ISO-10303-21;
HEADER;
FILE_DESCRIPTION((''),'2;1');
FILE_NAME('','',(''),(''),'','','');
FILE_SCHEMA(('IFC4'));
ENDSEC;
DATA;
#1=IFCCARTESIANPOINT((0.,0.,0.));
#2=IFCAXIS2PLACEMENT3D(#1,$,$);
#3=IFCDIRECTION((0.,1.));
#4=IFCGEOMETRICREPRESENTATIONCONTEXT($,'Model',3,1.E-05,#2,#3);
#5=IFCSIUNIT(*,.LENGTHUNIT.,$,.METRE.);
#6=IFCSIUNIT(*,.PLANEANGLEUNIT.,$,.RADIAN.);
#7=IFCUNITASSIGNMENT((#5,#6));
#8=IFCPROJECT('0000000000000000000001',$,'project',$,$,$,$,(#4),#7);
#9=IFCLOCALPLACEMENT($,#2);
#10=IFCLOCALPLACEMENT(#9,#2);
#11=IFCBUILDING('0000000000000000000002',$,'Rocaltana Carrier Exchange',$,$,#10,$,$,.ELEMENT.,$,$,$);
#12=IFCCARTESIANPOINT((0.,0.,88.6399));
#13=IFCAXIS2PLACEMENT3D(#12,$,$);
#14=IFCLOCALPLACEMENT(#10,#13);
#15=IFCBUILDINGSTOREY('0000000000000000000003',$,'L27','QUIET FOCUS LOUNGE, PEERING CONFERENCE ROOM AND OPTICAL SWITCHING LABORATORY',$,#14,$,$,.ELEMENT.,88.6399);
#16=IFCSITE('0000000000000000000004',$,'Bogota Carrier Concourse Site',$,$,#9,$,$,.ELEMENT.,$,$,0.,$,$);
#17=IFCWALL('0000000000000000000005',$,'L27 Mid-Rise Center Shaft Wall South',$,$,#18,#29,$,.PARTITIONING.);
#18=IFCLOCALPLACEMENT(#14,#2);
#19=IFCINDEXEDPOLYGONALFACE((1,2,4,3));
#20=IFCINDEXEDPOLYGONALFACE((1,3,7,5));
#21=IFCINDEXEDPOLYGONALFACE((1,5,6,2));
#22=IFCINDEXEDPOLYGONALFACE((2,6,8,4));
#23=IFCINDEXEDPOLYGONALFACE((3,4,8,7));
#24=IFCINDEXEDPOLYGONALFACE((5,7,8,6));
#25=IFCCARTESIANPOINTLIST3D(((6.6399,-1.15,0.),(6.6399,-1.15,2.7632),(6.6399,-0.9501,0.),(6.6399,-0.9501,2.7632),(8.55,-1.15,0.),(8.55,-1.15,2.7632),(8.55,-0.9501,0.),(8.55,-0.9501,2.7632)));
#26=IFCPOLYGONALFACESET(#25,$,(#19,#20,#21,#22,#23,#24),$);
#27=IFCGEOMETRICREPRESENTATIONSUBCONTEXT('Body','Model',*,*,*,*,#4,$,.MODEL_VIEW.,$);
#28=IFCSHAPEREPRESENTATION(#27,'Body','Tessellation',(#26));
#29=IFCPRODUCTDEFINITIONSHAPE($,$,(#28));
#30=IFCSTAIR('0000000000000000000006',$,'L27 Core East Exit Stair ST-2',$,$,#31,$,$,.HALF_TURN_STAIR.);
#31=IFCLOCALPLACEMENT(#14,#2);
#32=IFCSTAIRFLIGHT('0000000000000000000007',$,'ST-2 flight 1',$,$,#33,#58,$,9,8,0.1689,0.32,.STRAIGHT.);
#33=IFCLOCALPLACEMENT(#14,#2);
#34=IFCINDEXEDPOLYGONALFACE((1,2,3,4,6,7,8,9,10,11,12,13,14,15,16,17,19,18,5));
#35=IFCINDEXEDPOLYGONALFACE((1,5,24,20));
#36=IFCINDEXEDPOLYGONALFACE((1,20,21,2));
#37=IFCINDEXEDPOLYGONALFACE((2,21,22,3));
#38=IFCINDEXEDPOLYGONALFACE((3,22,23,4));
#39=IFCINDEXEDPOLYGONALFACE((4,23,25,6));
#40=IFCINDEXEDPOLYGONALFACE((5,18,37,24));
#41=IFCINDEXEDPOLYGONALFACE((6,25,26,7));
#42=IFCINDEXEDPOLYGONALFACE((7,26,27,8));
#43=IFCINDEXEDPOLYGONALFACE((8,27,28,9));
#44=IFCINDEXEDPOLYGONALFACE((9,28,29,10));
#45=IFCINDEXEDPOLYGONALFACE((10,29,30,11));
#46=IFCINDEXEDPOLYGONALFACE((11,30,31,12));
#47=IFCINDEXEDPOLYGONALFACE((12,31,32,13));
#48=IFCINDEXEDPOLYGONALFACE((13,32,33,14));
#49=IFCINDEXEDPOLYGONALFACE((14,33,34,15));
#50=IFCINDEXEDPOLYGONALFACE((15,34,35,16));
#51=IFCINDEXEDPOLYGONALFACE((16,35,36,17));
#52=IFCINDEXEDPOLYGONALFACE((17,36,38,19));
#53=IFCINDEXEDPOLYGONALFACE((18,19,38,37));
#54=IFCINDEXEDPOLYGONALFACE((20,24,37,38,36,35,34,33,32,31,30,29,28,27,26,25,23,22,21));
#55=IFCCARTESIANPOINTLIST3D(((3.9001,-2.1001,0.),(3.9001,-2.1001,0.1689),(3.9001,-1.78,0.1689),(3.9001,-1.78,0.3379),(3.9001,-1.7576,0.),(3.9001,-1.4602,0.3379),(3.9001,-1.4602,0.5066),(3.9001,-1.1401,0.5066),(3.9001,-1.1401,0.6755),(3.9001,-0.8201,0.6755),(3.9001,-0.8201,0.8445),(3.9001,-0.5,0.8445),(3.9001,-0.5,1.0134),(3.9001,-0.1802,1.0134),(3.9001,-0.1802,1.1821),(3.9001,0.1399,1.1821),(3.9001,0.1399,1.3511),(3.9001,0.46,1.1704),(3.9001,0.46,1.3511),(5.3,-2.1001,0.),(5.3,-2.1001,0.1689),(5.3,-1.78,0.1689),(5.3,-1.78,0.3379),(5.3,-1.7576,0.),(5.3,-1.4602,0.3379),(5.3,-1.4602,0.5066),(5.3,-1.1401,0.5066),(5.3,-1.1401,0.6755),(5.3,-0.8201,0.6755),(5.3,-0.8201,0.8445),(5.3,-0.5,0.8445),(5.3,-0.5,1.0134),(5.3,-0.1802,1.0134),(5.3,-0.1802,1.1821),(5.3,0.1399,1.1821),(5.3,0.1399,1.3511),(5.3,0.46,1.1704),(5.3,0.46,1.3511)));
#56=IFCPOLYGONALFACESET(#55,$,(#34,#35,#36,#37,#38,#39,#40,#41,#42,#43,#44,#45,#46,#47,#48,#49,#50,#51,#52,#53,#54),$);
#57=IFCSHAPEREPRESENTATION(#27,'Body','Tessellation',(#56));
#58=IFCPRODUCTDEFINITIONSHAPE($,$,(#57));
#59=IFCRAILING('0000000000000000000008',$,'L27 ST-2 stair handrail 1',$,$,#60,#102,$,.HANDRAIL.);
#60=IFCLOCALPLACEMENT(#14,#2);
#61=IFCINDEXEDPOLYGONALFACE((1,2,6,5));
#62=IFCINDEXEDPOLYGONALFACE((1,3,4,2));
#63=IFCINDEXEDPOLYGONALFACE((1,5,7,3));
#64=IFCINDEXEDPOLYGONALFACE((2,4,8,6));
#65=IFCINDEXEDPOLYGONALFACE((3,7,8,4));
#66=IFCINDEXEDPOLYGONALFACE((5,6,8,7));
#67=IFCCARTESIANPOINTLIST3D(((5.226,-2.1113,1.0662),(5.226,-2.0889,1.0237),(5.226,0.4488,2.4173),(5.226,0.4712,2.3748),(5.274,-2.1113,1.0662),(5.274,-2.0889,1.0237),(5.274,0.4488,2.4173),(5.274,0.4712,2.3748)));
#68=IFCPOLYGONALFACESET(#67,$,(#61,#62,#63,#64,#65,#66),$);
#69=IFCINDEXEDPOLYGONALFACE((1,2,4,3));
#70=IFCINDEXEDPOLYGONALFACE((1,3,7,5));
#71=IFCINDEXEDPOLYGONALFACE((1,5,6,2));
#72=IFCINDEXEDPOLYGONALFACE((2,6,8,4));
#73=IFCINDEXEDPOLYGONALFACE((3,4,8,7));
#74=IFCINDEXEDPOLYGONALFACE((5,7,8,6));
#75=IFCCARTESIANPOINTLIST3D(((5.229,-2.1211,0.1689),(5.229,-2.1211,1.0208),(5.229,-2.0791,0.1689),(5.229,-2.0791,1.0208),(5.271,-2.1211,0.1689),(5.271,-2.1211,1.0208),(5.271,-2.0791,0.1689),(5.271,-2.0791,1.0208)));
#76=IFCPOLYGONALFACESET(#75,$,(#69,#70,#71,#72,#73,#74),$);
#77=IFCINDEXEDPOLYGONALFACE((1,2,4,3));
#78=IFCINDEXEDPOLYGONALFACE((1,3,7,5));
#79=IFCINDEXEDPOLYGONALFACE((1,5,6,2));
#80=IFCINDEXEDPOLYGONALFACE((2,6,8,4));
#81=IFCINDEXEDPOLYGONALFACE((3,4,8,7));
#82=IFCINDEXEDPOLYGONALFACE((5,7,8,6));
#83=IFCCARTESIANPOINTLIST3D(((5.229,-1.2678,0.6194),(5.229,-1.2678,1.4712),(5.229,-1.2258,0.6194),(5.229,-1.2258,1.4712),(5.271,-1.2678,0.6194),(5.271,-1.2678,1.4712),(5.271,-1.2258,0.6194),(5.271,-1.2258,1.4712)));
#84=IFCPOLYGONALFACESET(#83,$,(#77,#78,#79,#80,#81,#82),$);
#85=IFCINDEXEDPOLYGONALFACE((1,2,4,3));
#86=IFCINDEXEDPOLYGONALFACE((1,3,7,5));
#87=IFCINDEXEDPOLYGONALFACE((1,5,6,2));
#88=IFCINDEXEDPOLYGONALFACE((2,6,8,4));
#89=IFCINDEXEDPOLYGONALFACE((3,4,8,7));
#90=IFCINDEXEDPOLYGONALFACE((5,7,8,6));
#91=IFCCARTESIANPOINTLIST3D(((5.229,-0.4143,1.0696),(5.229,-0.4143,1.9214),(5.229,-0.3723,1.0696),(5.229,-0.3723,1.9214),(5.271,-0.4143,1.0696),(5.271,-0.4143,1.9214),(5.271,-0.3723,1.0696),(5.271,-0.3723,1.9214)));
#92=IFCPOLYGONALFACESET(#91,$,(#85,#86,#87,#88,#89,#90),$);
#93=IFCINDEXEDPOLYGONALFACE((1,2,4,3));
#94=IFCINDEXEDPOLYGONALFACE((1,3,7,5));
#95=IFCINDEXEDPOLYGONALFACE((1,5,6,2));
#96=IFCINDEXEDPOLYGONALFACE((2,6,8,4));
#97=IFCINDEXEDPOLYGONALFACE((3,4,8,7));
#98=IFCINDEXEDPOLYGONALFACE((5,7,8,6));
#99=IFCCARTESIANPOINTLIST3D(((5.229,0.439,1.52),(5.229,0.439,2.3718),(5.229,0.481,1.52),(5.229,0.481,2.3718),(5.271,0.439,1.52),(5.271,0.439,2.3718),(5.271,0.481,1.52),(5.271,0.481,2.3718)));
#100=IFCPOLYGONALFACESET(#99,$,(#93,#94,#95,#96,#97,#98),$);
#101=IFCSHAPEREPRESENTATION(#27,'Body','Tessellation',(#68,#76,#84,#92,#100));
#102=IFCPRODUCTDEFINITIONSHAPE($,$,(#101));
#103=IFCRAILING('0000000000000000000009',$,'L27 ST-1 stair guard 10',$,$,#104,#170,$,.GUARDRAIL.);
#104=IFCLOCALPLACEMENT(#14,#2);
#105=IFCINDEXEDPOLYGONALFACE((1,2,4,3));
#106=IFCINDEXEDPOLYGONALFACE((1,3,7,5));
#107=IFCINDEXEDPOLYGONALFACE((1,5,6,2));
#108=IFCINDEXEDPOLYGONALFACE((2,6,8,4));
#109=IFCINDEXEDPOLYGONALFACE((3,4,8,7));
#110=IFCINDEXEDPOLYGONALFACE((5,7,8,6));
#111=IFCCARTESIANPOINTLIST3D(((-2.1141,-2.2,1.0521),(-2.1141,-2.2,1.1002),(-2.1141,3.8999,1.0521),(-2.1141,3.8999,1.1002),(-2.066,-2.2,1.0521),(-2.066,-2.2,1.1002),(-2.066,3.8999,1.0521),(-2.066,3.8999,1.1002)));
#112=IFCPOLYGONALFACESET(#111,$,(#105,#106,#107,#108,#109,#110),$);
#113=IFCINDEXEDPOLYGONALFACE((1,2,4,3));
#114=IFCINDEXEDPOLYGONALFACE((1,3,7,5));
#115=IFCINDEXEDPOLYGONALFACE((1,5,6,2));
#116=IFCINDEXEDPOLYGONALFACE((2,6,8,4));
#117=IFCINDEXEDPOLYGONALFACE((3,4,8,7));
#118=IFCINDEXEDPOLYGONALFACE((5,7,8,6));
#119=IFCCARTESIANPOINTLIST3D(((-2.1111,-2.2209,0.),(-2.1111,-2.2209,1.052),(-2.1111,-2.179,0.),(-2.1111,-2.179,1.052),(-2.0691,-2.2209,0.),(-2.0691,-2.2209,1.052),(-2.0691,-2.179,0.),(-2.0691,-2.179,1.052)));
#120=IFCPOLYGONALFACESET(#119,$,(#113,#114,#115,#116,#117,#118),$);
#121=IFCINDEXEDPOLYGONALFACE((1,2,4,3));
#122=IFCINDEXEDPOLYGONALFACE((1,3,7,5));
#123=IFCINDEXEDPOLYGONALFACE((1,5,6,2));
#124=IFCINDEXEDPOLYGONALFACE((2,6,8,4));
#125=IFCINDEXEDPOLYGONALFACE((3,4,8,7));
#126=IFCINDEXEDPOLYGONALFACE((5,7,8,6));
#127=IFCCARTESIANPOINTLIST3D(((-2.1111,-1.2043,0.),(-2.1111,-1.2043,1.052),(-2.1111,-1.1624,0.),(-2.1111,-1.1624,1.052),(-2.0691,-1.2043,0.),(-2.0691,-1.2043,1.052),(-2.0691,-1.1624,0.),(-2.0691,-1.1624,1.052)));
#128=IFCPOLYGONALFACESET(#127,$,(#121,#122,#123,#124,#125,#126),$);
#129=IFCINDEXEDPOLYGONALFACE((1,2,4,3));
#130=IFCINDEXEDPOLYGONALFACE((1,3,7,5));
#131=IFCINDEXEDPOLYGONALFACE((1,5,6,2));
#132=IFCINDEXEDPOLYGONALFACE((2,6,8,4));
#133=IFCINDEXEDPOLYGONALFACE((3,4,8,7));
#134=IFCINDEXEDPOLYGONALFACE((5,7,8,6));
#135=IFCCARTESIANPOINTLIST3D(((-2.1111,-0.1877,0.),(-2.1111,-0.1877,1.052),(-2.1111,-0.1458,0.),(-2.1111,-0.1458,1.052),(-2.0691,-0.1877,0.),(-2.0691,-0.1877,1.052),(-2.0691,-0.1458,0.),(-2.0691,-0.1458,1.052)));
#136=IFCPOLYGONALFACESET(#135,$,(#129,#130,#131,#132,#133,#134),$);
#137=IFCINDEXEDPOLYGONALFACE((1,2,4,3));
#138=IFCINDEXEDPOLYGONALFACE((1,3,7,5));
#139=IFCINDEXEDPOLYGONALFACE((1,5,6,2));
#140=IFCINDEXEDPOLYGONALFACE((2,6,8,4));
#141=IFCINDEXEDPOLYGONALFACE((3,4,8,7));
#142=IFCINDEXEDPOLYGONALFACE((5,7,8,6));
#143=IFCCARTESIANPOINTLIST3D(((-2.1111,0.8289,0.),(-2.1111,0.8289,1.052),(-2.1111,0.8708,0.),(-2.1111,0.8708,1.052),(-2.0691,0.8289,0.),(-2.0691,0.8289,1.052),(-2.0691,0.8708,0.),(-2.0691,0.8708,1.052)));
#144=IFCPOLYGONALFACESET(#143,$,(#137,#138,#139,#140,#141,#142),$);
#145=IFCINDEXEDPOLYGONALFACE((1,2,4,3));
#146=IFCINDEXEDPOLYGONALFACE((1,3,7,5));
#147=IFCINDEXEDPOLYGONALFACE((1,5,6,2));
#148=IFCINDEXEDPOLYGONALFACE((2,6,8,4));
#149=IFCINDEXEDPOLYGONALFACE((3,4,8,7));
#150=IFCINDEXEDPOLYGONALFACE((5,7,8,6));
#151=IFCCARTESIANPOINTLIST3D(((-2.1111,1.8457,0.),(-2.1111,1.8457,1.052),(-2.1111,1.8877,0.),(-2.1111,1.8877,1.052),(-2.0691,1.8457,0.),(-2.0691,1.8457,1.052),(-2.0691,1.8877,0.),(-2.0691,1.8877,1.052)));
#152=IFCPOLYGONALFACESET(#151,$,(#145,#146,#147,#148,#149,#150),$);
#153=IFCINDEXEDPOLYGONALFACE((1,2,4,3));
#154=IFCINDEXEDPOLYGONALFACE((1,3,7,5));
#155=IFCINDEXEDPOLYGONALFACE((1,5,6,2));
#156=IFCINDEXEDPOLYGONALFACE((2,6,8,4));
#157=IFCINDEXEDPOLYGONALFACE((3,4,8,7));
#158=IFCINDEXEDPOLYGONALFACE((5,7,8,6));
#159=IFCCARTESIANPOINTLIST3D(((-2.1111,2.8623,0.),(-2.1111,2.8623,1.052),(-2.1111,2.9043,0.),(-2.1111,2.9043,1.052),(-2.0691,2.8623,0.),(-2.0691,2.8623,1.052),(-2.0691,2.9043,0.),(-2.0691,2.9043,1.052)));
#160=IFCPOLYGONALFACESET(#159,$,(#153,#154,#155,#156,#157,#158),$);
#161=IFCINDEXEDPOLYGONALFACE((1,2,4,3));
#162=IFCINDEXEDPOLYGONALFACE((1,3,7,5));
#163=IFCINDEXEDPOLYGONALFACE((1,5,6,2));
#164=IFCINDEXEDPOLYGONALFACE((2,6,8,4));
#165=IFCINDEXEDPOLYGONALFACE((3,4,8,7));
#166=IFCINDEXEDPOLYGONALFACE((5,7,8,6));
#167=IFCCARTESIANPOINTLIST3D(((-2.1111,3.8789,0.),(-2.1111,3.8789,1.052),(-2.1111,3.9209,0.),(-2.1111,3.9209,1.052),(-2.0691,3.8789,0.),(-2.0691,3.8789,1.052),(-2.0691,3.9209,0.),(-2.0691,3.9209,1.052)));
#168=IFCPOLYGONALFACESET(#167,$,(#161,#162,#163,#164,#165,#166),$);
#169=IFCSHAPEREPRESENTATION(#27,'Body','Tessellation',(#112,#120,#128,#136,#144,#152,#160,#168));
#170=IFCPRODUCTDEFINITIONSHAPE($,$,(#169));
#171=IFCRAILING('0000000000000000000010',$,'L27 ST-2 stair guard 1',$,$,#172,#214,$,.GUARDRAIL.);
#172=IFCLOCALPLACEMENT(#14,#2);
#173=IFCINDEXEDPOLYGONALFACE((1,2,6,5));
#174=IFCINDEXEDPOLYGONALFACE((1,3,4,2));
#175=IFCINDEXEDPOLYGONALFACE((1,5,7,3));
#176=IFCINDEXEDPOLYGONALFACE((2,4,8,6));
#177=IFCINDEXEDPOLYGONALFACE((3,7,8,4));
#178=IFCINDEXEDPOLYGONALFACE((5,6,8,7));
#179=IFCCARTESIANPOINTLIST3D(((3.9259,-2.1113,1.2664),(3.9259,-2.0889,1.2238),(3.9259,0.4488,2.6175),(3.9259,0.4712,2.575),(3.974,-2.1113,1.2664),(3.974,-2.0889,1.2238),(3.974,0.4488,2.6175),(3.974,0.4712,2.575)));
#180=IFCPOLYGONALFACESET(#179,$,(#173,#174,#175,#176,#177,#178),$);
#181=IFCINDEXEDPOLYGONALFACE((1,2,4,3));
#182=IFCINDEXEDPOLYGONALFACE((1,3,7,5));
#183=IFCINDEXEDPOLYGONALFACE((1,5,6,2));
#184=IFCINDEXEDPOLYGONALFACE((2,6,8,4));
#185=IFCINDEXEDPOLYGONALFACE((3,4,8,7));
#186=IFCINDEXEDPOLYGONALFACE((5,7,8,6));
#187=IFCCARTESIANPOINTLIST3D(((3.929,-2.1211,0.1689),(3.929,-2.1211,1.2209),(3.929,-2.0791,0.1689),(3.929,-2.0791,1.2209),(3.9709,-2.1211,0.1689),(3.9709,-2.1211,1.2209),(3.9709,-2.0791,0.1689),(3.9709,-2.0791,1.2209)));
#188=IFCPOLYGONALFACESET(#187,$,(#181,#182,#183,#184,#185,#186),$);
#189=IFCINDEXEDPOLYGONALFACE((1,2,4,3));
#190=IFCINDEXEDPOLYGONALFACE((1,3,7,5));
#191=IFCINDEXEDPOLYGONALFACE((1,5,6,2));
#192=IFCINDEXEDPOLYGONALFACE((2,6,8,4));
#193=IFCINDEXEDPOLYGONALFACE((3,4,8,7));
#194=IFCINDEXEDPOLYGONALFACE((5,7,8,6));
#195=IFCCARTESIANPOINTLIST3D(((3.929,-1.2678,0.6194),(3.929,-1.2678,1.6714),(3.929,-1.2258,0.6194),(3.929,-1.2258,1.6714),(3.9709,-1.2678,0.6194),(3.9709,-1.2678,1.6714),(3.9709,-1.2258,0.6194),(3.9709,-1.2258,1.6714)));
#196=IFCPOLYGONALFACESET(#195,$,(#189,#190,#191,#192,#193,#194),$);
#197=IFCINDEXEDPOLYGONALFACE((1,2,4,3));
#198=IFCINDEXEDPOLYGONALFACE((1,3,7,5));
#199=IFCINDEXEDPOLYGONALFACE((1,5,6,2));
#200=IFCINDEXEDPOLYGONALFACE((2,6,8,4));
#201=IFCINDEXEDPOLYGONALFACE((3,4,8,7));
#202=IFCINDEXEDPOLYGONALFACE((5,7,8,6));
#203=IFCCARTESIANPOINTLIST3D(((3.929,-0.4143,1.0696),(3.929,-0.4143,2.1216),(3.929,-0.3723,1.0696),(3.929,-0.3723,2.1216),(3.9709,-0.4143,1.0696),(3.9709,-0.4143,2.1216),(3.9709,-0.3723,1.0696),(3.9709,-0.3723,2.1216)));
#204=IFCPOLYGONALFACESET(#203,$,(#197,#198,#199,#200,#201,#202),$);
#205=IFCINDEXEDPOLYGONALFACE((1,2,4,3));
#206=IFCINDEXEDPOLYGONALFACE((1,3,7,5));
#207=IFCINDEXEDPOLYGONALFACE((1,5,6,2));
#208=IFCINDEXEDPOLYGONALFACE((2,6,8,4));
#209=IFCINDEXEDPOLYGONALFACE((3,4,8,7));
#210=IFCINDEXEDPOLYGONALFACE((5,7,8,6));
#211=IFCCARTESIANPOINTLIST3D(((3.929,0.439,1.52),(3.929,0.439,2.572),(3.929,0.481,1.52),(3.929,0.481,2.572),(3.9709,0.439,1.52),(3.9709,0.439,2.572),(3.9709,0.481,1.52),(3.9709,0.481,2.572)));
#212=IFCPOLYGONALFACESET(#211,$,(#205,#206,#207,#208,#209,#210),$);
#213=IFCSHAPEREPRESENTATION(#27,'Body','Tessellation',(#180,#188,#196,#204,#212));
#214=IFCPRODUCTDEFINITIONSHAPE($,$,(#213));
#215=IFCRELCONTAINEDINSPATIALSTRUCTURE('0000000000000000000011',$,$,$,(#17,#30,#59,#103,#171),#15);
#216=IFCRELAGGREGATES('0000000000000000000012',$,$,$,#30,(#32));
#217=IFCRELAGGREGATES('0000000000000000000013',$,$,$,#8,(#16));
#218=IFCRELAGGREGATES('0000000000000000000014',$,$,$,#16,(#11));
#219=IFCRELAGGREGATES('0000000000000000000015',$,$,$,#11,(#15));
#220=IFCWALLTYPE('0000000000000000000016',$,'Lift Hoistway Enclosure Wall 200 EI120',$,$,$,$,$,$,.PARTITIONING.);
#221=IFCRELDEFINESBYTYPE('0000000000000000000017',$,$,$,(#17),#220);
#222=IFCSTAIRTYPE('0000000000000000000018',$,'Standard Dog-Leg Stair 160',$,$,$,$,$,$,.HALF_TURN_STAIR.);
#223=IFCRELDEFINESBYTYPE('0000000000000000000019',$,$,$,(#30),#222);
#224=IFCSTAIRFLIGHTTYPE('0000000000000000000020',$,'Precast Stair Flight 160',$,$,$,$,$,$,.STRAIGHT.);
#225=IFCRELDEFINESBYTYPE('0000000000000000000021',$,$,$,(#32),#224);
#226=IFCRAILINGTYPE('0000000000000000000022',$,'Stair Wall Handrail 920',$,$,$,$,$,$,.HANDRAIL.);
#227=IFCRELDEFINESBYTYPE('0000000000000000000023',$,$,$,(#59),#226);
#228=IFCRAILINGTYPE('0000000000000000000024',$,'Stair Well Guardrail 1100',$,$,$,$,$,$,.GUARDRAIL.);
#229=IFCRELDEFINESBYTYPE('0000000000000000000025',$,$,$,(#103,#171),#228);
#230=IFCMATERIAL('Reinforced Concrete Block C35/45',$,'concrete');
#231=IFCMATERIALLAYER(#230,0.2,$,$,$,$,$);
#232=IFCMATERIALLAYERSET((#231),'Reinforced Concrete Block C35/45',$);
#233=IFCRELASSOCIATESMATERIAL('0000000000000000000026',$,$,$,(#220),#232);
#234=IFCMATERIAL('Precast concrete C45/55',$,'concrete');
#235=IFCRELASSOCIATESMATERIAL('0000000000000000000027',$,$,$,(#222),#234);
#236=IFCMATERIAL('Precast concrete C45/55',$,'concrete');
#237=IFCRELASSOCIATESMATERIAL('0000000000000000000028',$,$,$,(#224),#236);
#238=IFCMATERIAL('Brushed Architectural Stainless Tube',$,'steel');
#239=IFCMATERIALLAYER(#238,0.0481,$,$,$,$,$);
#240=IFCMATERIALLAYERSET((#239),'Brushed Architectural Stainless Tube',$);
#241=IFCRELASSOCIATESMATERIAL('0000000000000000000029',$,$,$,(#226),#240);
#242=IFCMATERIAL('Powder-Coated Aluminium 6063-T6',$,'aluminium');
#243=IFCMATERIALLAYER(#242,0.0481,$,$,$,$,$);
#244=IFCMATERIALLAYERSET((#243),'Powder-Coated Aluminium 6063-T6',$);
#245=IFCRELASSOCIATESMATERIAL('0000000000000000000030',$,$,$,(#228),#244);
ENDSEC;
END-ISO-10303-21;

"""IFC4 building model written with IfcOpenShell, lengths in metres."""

from ifc_helpers import new_model, si_unit, direction, frame, frame_2d, origin, origin_2d, place, context, subcontext, project, spatial, polyline, rectangle, outline, extrude, material, layer, layer_set, type_object, element, aggregate, save


model = new_model("IFC4")

# Units and contexts
model_context = context("Model", 3, precision=1e-05, world=origin(), true_north=direction((0.0, 1.0)))
body_context = subcontext(model_context, "Body", "Model", "MODEL_VIEW")
ifc_project = project(units=[si_unit("LENGTHUNIT", "METRE"), si_unit("PLANEANGLEUNIT", "RADIAN")], contexts=[model_context])

# Site, building, storey
site_placement = place(None, origin())
site = spatial("IfcSite", under=ifc_project, at=site_placement, Name="Bogota Carrier Concourse Site", CompositionType="ELEMENT", RefElevation=0.0)
building_placement = place(site_placement, origin())
building = spatial("IfcBuilding", under=site, at=building_placement, Name="Rocaltana Carrier Exchange", CompositionType="ELEMENT")
storey_placement = place(building_placement, frame((0.0, 0.0, 88.6399)))
storey = spatial("IfcBuildingStorey", under=building, at=storey_placement, Name="L27", Description="QUIET FOCUS LOUNGE, PEERING CONFERENCE ROOM AND OPTICAL SWITCHING LABORATORY", CompositionType="ELEMENT", Elevation=88.6399)

# Wall
ifc_material_1 = material(Name="Reinforced Concrete Block C35/45", Category="concrete")
ifc_layer_1 = layer(ifc_material_1, 0.2)
ifc_layer_set_1 = layer_set([ifc_layer_1], Name="Reinforced Concrete Block C35/45")
wall_type_1 = type_object("IfcWallType", Name="Lift Hoistway Enclosure Wall 200 EI120", PredefinedType="PARTITIONING", material=ifc_layer_set_1)
wall_1_placement = place(storey_placement, frame((6.6399, -1.05, 0.0), z_axis=(0.0, 0.0, 1.0), x_axis=(1.0, 0.0, 0.0)))
element("IfcWall", 1, at=wall_1_placement, inside=storey, type_object=wall_type_1, Name="L27 Mid-Rise Center Shaft Wall South", PredefinedType="PARTITIONING", context=body_context, shape_type="SweptSolid", body=[
    extrude(rectangle(XDim=1.9102, YDim=0.2, at=frame_2d((0.9551, 0.0))), origin(), (0.0, 0.0, 1.0), 2.7632),
])

# Stair, stair flight
ifc_material_2 = material(Name="Precast concrete C45/55", Category="concrete")
stair_type = type_object("IfcStairType", Name="Standard Dog-Leg Stair 160", PredefinedType="HALF_TURN_STAIR", material=ifc_material_2)
stair_placement = place(storey_placement, origin())
stair = element("IfcStair", 2, at=stair_placement, inside=storey, type_object=stair_type, Name="L27 Core East Exit Stair ST-2", PredefinedType="HALF_TURN_STAIR")
ifc_material_3 = material(Name="Precast concrete C45/55", Category="concrete")
stair_flight_type = type_object("IfcStairFlightType", Name="Precast Stair Flight 160", PredefinedType="STRAIGHT", material=ifc_material_3)
stair_flight_placement = place(storey_placement, frame((4.6001, -2.1001, 0.0), z_axis=(0.0, 0.0, 1.0), x_axis=(0.0, 1.0, 0.0)))
stair_flight = element("IfcStairFlight", 3, at=stair_flight_placement, type_object=stair_flight_type, Name="ST-2 flight 1", NumberOfRisers=9, NumberOfTreads=8, PredefinedType="STRAIGHT", RiserHeight=0.1689, TreadLength=0.32, context=body_context, shape_type="SweptSolid", body=[
    extrude(outline(polyline([(0.0, 0.0), (0.0, 0.1689), (0.3201, 0.1689), (0.3201, 0.3379), (0.6399, 0.3379), (0.6399, 0.5066), (0.96, 0.5066), (0.96, 0.6755), (1.28, 0.6755), (1.28, 0.8445), (1.6001, 0.8445), (1.6001, 1.0134), (1.9199, 1.0134), (1.9199, 1.1821), (2.24, 1.1821), (2.24, 1.3511), (2.5601, 1.3511), (2.5601, 1.52), (2.5601, 1.1704), (0.3425, 0.0), (0.0, 0.0)])), frame((0.0, 0.7, 0.0), z_axis=(0.0, -1.0, 0.0), x_axis=(1.0, 0.0, 0.0)), (0.0, 0.0, 1.0), 1.3999),
])
aggregate(stair, [stair_flight])

# Railings
ifc_material_4 = material(Name="Brushed Architectural Stainless Tube", Category="steel")
ifc_layer_2 = layer(ifc_material_4, 0.0481)
ifc_layer_set_2 = layer_set([ifc_layer_2], Name="Brushed Architectural Stainless Tube")
railing_type_1 = type_object("IfcRailingType", Name="Stair Wall Handrail 920", PredefinedType="HANDRAIL", material=ifc_layer_set_2)
railing_1_placement = place(storey_placement, frame((5.25, -2.1001, 0.1689)))
element("IfcRailing", 4, at=railing_1_placement, inside=storey, type_object=railing_type_1, Name="L27 ST-2 stair handrail 1", PredefinedType="HANDRAIL", context=body_context, shape_type="SweptSolid", body=[
    extrude(rectangle(XDim=0.0481, YDim=0.0481, at=origin_2d()), frame((0.0, 0.0, 0.876), z_axis=(0.0, 0.884394, 0.46674), x_axis=(-1.0, 0.0, 0.0)), (0.0, 0.0, 1.0), 2.8948),
    extrude(rectangle(XDim=0.042, YDim=0.042, at=origin_2d()), origin(), (0.0, 0.0, 1.0), 0.8518),
    extrude(rectangle(XDim=0.042, YDim=0.042, at=origin_2d()), frame((0.0, 0.8533, 0.4504)), (0.0, 0.0, 1.0), 0.8518),
    extrude(rectangle(XDim=0.042, YDim=0.042, at=origin_2d()), frame((0.0, 1.7068, 0.9006)), (0.0, 0.0, 1.0), 0.8518),
    extrude(rectangle(XDim=0.042, YDim=0.042, at=origin_2d()), frame((0.0, 2.5601, 1.3511)), (0.0, 0.0, 1.0), 0.8518),
])
ifc_material_5 = material(Name="Powder-Coated Aluminium 6063-T6", Category="aluminium")
ifc_layer_3 = layer(ifc_material_5, 0.0481)
ifc_layer_set_3 = layer_set([ifc_layer_3], Name="Powder-Coated Aluminium 6063-T6")
railing_type_2 = type_object("IfcRailingType", Name="Stair Well Guardrail 1100", PredefinedType="GUARDRAIL", material=ifc_layer_set_3)
railing_2_placement = place(storey_placement, frame((-2.0901, -2.2, 0.0)))
element("IfcRailing", 5, at=railing_2_placement, inside=storey, type_object=railing_type_2, Name="L27 ST-1 stair guard 10", PredefinedType="GUARDRAIL", context=body_context, shape_type="SweptSolid", body=[
    extrude(rectangle(XDim=0.0481, YDim=0.0481, at=origin_2d()), frame((0.0, 0.0, 1.0762), z_axis=(0.0, 1.0, 0.0), x_axis=(-1.0, 0.0, 0.0)), (0.0, 0.0, 1.0), 6.0999),
    extrude(rectangle(XDim=0.042, YDim=0.042, at=origin_2d()), origin(), (0.0, 0.0, 1.0), 1.052),
    extrude(rectangle(XDim=0.042, YDim=0.042, at=origin_2d()), frame((0.0, 1.0166, 0.0)), (0.0, 0.0, 1.0), 1.052),
    extrude(rectangle(XDim=0.042, YDim=0.042, at=origin_2d()), frame((0.0, 2.0332, 0.0)), (0.0, 0.0, 1.0), 1.052),
    extrude(rectangle(XDim=0.042, YDim=0.042, at=origin_2d()), frame((0.0, 3.0498, 0.0)), (0.0, 0.0, 1.0), 1.052),
    extrude(rectangle(XDim=0.042, YDim=0.042, at=origin_2d()), frame((0.0, 4.0667, 0.0)), (0.0, 0.0, 1.0), 1.052),
    extrude(rectangle(XDim=0.042, YDim=0.042, at=origin_2d()), frame((0.0, 5.0833, 0.0)), (0.0, 0.0, 1.0), 1.052),
    extrude(rectangle(XDim=0.042, YDim=0.042, at=origin_2d()), frame((0.0, 6.0999, 0.0)), (0.0, 0.0, 1.0), 1.052),
])
railing_3_placement = place(storey_placement, frame((3.95, -2.1001, 0.1689)))
element("IfcRailing", 6, at=railing_3_placement, inside=storey, type_object=railing_type_2, Name="L27 ST-2 stair guard 1", PredefinedType="GUARDRAIL", context=body_context, shape_type="SweptSolid", body=[
    extrude(rectangle(XDim=0.0481, YDim=0.0481, at=origin_2d()), frame((0.0, 0.0, 1.0762), z_axis=(0.0, 0.884394, 0.46674), x_axis=(-1.0, 0.0, 0.0)), (0.0, 0.0, 1.0), 2.8948),
    extrude(rectangle(XDim=0.042, YDim=0.042, at=origin_2d()), origin(), (0.0, 0.0, 1.0), 1.052),
    extrude(rectangle(XDim=0.042, YDim=0.042, at=origin_2d()), frame((0.0, 0.8533, 0.4504)), (0.0, 0.0, 1.0), 1.052),
    extrude(rectangle(XDim=0.042, YDim=0.042, at=origin_2d()), frame((0.0, 1.7068, 0.9006)), (0.0, 0.0, 1.0), 1.052),
    extrude(rectangle(XDim=0.042, YDim=0.042, at=origin_2d()), frame((0.0, 2.5601, 1.3511)), (0.0, 0.0, 1.0), 1.052),
])

save(model, "model.ifc")
